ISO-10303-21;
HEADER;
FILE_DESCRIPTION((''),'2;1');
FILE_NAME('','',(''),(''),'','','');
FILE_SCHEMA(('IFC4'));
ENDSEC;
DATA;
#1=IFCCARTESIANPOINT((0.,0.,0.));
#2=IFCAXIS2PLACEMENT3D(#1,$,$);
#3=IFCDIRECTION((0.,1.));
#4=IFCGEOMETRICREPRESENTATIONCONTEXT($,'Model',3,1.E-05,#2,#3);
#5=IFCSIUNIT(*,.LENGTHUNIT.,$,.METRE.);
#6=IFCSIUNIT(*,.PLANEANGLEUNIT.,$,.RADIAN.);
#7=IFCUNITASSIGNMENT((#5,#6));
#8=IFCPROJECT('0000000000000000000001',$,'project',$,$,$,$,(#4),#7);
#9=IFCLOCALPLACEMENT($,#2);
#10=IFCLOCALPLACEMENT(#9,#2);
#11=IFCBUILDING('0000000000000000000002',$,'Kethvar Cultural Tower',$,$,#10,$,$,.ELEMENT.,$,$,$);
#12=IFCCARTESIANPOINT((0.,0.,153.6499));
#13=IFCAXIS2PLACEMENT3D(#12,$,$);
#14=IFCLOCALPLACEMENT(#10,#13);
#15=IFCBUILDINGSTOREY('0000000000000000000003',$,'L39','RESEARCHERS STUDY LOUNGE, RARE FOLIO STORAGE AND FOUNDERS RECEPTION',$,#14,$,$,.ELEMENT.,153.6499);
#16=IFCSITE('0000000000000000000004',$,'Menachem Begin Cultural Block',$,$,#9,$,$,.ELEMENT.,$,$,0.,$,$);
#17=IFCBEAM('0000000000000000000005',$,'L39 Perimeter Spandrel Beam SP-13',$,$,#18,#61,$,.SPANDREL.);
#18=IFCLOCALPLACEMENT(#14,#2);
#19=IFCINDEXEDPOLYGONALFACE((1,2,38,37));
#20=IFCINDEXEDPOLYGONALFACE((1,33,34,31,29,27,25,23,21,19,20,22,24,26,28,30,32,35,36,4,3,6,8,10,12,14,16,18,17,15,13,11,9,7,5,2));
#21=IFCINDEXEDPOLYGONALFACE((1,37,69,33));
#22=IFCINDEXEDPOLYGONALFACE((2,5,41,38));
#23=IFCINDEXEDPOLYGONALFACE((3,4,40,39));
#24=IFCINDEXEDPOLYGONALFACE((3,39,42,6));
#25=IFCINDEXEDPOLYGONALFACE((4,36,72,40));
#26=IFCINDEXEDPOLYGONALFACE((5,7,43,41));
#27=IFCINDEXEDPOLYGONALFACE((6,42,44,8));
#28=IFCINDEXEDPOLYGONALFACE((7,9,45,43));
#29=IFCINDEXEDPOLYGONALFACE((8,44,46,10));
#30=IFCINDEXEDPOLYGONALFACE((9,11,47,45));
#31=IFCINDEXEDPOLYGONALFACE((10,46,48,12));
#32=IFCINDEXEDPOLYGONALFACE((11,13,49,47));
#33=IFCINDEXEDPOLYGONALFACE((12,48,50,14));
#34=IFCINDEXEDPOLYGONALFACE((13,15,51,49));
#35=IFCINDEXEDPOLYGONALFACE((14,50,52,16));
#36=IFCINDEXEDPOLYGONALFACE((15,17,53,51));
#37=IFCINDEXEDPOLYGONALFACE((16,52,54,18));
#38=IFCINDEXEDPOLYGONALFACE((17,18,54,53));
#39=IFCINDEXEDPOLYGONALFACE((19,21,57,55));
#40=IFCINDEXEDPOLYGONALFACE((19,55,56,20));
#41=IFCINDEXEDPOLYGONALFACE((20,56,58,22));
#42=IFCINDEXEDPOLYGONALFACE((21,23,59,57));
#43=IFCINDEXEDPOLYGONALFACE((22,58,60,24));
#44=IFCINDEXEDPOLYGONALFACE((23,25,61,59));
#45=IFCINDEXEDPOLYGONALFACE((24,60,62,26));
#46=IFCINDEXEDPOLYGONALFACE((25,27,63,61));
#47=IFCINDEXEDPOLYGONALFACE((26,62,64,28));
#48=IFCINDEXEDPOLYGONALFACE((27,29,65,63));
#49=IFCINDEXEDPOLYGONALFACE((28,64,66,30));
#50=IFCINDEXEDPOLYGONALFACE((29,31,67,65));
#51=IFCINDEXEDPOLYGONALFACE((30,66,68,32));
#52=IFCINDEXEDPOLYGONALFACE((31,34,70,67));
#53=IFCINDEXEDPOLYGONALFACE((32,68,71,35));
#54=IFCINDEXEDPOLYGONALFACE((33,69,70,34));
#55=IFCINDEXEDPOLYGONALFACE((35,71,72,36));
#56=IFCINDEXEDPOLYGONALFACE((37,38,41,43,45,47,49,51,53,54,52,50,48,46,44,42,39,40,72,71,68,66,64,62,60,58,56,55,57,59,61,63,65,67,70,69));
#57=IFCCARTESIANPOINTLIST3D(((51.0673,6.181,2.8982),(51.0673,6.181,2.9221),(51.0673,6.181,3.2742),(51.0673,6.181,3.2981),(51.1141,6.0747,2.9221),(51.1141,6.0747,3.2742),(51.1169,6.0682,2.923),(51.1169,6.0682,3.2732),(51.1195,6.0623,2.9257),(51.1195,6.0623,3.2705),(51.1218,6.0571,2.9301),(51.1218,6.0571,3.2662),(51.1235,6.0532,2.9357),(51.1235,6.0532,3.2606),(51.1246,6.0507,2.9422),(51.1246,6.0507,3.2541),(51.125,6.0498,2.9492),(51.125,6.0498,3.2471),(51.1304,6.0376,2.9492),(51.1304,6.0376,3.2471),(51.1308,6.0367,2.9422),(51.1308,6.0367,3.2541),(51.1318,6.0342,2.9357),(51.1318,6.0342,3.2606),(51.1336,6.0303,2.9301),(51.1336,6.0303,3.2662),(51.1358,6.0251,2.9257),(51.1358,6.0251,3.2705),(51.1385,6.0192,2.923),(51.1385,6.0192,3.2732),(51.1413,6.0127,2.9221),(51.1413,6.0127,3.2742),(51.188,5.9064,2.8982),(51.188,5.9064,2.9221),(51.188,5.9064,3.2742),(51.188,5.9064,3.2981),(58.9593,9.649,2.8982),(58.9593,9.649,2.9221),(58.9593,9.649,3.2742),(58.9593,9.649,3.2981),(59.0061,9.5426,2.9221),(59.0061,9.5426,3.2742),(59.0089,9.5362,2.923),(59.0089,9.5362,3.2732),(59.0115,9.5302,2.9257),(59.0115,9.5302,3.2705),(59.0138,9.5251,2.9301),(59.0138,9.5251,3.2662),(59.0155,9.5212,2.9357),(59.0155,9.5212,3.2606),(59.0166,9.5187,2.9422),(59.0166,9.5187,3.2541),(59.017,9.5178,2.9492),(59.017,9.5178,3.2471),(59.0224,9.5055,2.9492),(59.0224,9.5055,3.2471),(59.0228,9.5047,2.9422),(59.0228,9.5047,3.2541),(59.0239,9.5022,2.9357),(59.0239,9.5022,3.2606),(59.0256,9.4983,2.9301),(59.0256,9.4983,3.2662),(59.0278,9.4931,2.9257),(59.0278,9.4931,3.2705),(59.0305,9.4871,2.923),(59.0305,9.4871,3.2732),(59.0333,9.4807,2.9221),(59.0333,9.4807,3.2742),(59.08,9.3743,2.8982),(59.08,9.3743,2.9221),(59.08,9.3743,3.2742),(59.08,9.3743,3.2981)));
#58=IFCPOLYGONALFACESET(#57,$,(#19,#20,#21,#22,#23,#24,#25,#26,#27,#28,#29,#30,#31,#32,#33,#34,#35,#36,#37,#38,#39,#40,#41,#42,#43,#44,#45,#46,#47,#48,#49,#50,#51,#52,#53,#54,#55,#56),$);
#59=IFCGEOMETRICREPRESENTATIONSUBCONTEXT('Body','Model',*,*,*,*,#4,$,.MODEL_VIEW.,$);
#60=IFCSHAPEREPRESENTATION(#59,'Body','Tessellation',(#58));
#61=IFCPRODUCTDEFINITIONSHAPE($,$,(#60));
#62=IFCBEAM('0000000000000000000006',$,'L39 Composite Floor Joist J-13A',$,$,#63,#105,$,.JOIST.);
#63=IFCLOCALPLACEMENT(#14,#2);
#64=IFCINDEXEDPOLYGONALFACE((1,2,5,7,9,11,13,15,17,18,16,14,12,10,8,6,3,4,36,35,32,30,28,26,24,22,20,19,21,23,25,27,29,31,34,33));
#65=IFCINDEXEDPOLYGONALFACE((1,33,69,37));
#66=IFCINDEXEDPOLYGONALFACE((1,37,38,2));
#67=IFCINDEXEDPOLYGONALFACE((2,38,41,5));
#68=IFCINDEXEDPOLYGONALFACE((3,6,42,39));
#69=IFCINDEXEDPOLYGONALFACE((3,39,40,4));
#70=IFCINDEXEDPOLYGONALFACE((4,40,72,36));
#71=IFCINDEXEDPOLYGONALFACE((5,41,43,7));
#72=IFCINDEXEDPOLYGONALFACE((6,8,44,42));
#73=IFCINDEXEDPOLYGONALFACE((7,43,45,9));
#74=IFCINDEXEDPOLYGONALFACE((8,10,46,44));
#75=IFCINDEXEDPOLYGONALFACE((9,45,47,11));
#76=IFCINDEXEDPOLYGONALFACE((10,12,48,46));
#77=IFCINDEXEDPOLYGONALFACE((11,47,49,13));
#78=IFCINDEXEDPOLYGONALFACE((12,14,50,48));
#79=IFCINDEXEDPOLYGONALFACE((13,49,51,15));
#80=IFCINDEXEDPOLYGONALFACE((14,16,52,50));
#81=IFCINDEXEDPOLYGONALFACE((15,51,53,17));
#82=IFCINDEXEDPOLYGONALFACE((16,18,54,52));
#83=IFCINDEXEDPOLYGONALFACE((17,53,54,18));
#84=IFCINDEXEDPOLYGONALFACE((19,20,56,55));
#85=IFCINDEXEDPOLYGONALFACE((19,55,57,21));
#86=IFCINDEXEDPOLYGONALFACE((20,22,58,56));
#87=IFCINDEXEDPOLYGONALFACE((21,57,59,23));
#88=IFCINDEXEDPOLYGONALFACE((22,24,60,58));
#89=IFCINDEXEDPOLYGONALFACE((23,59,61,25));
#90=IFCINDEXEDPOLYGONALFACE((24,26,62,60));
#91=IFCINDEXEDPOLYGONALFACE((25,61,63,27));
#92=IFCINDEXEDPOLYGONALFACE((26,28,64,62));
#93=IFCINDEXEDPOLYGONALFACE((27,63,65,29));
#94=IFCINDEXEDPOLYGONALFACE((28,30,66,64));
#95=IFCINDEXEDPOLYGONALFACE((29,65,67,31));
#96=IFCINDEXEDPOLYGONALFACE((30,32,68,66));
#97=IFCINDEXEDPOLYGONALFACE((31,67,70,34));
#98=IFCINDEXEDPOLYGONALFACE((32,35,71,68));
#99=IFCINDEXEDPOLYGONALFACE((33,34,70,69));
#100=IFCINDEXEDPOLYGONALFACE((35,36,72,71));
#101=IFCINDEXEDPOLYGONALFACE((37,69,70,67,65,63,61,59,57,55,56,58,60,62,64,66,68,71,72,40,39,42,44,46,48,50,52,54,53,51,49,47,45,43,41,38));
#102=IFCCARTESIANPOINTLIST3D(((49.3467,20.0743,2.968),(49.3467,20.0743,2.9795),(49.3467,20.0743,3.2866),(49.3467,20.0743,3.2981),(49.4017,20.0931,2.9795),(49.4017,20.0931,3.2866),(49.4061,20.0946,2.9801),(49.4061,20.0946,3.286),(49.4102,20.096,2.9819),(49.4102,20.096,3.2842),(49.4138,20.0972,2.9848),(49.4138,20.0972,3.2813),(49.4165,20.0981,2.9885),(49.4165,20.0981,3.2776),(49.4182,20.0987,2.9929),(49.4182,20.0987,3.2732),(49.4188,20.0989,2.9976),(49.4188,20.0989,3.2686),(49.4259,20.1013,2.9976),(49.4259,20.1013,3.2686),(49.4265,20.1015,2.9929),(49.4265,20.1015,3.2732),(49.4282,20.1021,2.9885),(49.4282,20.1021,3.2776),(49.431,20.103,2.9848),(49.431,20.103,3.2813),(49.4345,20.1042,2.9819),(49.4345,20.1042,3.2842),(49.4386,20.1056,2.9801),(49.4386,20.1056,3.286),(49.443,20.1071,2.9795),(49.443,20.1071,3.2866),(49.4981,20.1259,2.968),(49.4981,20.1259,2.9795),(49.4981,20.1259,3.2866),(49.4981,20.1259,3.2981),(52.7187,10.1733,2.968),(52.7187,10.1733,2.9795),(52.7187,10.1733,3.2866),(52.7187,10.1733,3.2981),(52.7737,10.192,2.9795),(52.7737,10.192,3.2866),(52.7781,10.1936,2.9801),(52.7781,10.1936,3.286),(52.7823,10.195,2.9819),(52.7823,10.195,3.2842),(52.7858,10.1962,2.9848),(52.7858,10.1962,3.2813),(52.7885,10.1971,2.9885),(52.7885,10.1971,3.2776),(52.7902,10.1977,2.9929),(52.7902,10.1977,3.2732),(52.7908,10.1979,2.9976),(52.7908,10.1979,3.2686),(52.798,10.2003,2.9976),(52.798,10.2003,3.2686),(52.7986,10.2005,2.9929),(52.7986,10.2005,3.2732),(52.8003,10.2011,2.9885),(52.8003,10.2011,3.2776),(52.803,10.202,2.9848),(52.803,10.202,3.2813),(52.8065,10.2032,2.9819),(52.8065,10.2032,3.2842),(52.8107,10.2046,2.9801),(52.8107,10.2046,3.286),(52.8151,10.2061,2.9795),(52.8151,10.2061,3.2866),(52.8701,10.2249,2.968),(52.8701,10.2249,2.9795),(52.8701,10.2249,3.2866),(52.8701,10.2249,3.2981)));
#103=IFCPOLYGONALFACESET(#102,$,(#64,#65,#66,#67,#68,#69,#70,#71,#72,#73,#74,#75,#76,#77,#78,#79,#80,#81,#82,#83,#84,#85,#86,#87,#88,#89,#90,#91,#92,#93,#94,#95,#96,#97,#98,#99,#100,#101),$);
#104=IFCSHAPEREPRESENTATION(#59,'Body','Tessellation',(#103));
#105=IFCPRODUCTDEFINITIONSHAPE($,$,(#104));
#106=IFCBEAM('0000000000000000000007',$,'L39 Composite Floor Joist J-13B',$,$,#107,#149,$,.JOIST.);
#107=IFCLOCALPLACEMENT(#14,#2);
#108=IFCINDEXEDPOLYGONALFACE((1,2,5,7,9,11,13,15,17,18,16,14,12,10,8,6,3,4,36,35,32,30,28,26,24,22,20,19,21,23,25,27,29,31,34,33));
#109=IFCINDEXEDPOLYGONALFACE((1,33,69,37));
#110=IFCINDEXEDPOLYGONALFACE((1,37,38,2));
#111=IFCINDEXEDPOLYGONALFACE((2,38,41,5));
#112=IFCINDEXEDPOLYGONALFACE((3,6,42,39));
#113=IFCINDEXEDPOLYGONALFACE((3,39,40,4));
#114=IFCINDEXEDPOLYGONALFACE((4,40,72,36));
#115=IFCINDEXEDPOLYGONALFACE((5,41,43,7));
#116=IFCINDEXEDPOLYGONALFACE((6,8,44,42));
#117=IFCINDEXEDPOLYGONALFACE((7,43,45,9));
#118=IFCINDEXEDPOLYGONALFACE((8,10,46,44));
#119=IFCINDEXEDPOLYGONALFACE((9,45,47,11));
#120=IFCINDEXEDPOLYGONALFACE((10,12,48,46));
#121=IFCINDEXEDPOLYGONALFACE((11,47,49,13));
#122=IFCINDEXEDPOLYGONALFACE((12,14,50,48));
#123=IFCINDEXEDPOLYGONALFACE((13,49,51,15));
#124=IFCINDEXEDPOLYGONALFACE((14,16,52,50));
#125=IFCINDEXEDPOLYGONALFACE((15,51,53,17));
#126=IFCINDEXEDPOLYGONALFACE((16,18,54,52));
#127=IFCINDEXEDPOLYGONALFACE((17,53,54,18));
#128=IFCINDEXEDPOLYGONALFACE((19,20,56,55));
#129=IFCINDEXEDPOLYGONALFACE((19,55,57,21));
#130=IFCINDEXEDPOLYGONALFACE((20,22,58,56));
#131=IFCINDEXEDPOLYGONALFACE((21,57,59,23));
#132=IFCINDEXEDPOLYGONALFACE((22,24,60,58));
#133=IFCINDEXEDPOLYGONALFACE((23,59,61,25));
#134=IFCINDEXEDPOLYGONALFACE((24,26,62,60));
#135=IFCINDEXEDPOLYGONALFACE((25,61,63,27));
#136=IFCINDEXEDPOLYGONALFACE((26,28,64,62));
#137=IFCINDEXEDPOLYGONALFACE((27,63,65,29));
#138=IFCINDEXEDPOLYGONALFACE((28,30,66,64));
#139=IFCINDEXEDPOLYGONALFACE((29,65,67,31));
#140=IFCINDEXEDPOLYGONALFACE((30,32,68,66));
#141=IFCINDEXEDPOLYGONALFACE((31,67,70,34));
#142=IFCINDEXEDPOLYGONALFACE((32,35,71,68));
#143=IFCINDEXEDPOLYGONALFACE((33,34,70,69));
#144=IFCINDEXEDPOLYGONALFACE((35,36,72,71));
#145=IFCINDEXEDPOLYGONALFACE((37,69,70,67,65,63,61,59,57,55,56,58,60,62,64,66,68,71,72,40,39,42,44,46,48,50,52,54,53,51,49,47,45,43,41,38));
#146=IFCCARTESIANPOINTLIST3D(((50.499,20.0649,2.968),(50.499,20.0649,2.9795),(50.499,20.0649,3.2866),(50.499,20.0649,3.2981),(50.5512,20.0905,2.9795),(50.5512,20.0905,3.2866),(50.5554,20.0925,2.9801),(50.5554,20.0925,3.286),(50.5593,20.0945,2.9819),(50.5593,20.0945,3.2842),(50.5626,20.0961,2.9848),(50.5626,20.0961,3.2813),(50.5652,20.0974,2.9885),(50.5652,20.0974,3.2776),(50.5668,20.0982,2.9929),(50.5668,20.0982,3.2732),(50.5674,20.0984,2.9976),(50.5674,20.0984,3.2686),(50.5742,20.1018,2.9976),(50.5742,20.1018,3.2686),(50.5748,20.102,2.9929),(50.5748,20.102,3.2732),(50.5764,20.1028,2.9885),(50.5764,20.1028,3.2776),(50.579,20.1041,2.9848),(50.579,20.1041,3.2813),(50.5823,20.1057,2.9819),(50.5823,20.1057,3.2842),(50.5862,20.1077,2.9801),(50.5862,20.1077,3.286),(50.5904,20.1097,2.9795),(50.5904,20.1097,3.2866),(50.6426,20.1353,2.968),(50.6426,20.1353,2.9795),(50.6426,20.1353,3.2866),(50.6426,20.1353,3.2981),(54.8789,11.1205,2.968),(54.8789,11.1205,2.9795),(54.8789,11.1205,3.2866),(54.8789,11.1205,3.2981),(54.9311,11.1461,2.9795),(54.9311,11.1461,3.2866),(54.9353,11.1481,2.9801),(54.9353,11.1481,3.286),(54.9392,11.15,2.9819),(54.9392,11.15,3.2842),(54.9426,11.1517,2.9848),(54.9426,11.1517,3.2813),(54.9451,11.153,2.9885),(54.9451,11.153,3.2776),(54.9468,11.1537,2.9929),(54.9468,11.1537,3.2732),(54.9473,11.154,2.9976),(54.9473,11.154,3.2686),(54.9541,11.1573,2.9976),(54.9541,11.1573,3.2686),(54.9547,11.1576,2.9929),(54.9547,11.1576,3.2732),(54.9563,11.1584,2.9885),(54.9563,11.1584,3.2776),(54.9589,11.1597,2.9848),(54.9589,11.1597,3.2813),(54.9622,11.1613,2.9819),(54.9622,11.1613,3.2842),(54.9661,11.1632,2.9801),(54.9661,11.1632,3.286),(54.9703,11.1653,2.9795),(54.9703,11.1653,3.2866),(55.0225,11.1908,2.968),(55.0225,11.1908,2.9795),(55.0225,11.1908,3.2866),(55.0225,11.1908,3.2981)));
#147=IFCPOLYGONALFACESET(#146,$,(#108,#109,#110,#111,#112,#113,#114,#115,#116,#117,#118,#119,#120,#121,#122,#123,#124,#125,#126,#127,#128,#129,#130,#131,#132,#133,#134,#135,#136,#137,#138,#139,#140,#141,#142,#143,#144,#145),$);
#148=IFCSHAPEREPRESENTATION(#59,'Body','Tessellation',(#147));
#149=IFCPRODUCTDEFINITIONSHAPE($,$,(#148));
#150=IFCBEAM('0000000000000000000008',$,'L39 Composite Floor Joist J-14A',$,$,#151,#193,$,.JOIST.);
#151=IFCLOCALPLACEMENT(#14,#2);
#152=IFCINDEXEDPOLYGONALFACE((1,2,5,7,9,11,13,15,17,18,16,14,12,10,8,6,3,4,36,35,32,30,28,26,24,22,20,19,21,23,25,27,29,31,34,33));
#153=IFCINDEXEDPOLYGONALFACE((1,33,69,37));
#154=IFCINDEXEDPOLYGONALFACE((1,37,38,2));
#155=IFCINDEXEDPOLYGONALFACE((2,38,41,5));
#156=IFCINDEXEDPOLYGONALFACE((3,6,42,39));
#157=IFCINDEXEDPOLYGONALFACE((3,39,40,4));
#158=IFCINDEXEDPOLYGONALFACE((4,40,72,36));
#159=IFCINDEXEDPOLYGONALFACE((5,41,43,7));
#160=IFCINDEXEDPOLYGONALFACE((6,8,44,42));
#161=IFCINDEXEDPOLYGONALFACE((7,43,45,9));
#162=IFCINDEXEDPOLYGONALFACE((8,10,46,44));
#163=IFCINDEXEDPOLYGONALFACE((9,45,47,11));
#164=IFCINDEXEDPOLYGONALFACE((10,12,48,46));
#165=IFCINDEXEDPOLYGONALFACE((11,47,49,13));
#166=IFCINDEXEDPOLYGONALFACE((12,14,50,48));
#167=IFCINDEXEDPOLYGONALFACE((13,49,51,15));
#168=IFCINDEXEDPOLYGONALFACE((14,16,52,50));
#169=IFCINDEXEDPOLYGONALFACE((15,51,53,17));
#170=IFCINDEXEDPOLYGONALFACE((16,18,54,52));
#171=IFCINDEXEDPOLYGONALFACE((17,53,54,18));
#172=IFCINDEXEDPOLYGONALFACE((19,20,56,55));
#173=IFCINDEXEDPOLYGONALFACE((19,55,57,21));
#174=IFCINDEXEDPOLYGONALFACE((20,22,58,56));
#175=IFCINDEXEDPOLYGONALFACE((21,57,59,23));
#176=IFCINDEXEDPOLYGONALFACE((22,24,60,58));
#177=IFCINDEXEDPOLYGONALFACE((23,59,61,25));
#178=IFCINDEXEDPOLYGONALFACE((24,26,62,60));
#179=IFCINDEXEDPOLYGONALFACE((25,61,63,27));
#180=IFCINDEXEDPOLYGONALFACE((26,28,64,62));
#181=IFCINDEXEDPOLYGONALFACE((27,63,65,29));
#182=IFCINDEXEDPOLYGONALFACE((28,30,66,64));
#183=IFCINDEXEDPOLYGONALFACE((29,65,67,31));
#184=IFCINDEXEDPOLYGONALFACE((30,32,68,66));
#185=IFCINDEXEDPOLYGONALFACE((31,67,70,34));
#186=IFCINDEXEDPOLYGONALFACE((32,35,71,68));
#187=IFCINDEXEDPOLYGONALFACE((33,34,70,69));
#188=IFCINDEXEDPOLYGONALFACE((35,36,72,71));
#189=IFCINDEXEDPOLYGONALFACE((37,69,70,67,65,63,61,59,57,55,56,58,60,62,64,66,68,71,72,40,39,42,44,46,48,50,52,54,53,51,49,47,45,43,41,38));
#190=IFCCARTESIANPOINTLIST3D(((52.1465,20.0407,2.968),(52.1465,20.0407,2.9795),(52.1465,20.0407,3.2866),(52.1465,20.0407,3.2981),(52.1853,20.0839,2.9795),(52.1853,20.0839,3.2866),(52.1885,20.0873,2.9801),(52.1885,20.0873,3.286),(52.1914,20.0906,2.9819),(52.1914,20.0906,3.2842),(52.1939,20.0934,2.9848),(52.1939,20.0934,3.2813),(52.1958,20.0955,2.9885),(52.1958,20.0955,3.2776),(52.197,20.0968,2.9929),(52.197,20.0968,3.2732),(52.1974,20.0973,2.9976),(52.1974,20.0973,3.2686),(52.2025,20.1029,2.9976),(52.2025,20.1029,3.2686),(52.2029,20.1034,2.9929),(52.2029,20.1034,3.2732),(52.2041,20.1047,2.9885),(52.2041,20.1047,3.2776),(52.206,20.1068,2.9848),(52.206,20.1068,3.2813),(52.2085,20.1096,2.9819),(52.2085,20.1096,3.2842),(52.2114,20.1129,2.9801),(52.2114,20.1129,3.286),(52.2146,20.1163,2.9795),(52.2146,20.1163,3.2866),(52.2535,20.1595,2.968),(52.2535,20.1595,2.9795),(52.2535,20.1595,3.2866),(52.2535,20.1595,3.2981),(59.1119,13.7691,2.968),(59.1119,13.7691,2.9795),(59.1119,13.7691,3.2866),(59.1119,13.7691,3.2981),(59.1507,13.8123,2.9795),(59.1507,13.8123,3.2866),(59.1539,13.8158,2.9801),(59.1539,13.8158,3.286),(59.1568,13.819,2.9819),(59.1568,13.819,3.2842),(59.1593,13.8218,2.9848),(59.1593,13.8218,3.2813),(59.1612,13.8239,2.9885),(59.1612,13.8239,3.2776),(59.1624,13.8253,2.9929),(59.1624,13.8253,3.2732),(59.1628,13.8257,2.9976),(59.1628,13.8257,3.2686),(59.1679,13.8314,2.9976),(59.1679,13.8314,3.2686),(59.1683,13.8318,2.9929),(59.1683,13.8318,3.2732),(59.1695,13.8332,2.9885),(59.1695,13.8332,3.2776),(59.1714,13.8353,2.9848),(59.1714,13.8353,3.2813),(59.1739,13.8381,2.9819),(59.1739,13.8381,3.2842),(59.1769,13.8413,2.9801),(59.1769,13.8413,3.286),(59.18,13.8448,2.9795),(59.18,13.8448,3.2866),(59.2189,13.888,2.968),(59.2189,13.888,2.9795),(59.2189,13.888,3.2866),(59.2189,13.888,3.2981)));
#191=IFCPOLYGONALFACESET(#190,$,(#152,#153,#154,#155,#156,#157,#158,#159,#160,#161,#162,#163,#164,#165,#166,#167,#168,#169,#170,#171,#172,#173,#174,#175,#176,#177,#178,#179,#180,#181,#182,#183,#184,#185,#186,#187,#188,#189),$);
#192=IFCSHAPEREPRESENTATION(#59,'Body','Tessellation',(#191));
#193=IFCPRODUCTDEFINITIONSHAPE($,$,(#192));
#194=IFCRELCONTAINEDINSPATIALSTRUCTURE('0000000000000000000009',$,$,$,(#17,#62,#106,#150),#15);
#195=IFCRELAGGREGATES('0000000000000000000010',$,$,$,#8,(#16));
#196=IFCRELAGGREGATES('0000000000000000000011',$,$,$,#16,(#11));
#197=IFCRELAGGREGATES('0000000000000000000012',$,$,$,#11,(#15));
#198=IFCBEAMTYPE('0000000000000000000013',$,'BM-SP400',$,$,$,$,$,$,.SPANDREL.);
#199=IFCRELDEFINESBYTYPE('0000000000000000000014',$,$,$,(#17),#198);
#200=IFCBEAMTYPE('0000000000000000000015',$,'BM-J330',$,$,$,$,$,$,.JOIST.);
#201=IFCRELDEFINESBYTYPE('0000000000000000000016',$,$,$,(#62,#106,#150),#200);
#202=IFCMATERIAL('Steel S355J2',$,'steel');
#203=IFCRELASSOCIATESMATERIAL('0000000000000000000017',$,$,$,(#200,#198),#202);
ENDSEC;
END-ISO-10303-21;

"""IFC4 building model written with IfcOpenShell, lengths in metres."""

from ifc_helpers import new_model, si_unit, direction, frame, origin, origin_2d, place, context, subcontext, project, spatial, i_section, extrude, source, transform, mapped, material, material_profile, profile_set, type_object, element, save


model = new_model("IFC4")

# Units and contexts
model_context = context("Model", 3, precision=1e-05, world=origin(), true_north=direction((0.0, 1.0)))
body_context = subcontext(model_context, "Body", "Model", "MODEL_VIEW")
ifc_project = project(units=[si_unit("LENGTHUNIT", "METRE"), si_unit("PLANEANGLEUNIT", "RADIAN")], contexts=[model_context])

# Site, building, storey
site_placement = place(None, origin())
site = spatial("IfcSite", under=ifc_project, at=site_placement, Name="Menachem Begin Cultural Block", CompositionType="ELEMENT", RefElevation=0.0)
building_placement = place(site_placement, origin())
building = spatial("IfcBuilding", under=site, at=building_placement, Name="Kethvar Cultural Tower", CompositionType="ELEMENT")
storey_placement = place(building_placement, frame((0.0, 0.0, 153.6499)))
storey = spatial("IfcBuildingStorey", under=building, at=storey_placement, Name="L39", Description="RESEARCHERS STUDY LOUNGE, RARE FOLIO STORAGE AND FOUNDERS RECEPTION", CompositionType="ELEMENT", Elevation=153.6499)

# Beams
ifc_material_1 = material(Name="Steel S355J2", Category="steel")
ifc_material_profile_1 = material_profile(ifc_material_1, i_section(OverallWidth=0.1599, OverallDepth=0.3301, WebThickness=0.0076, FlangeThickness=0.0115, FilletRadius=0.0181, at=origin_2d()), Name="Steel S355J2 — IPE330")
ifc_profile_set_1 = profile_set([ifc_material_profile_1], Name="Steel S355J2 — IPE330")
beam_type_1 = type_object("IfcBeamType", Name="BM-J330", PredefinedType="JOIST", material=ifc_profile_set_1)
ifc_material_profile_2 = material_profile(ifc_material_1, i_section(OverallWidth=0.3, OverallDepth=0.3999, WebThickness=0.0134, FlangeThickness=0.0239, FilletRadius=0.0271, at=origin_2d()), Name="Steel S355J2 — HEB400")
ifc_profile_set_2 = profile_set([ifc_material_profile_2], Name="Steel S355J2 — HEB400")
beam_type_2 = type_object("IfcBeamType", Name="BM-SP400", PredefinedType="SPANDREL", material=ifc_profile_set_2)
shared_shape_1 = source(origin(), body_context, "Body", "SweptSolid", [
    extrude(i_section(OverallWidth=0.3, OverallDepth=0.3999, WebThickness=0.0134, FlangeThickness=0.0239, FilletRadius=0.0271, at=origin_2d()), origin(), (0.0, 0.0, 1.0), 8.6204),
])
beam_1_placement = place(storey_placement, frame((51.1277, 6.0437, 3.0981), z_axis=(0.915507, 0.402301, 0.0), x_axis=(-0.402301, 0.915507, 0.0)))
element("IfcBeam", 1, at=beam_1_placement, inside=storey, type_object=beam_type_2, Name="L39 Perimeter Spandrel Beam SP-13", PredefinedType="SPANDREL", context=body_context, shape_type="MappedRepresentation", body=[
    mapped(shared_shape_1, transform((0.0, 0.0, 0.0), scale=1.0)),
])
shared_shape_2 = source(origin(), body_context, "Body", "SweptSolid", [
    extrude(i_section(OverallWidth=0.1599, OverallDepth=0.3301, WebThickness=0.0076, FlangeThickness=0.0115, FilletRadius=0.0181, at=origin_2d()), origin(), (0.0, 0.0, 1.0), 10.4595),
])
beam_2_placement = place(storey_placement, frame((49.4224, 20.1001, 3.1331), z_axis=(0.32239, -0.946607, 0.0), x_axis=(0.946607, 0.32239, 0.0)))
element("IfcBeam", 2, at=beam_2_placement, inside=storey, type_object=beam_type_1, Name="L39 Composite Floor Joist J-13A", PredefinedType="JOIST", context=body_context, shape_type="MappedRepresentation", body=[
    mapped(shared_shape_2, transform((0.0, 0.0, 0.0), scale=1.0)),
])
shared_shape_3 = source(origin(), body_context, "Body", "SweptSolid", [
    extrude(i_section(OverallWidth=0.1599, OverallDepth=0.3301, WebThickness=0.0076, FlangeThickness=0.0115, FilletRadius=0.0181, at=origin_2d()), origin(), (0.0, 0.0, 1.0), 9.9592),
])
beam_3_placement = place(storey_placement, frame((50.5708, 20.1001, 3.1331), z_axis=(0.439785, -0.898103, 0.0), x_axis=(0.898103, 0.439785, 0.0)))
element("IfcBeam", 3, at=beam_3_placement, inside=storey, type_object=beam_type_1, Name="L39 Composite Floor Joist J-13B", PredefinedType="JOIST", context=body_context, shape_type="MappedRepresentation", body=[
    mapped(shared_shape_3, transform((0.0, 0.0, 0.0), scale=1.0)),
])
shared_shape_4 = source(origin(), body_context, "Body", "SweptSolid", [
    extrude(i_section(OverallWidth=0.1599, OverallDepth=0.3301, WebThickness=0.0076, FlangeThickness=0.0115, FilletRadius=0.0181, at=origin_2d()), origin(), (0.0, 0.0, 1.0), 9.3728),
])
beam_4_placement = place(storey_placement, frame((52.2, 20.1001, 3.1331), z_axis=(0.743152, -0.669123, 0.0), x_axis=(0.669123, 0.743152, 0.0)))
element("IfcBeam", 4, at=beam_4_placement, inside=storey, type_object=beam_type_1, Name="L39 Composite Floor Joist J-14A", PredefinedType="JOIST", context=body_context, shape_type="MappedRepresentation", body=[
    mapped(shared_shape_4, transform((0.0, 0.0, 0.0), scale=1.0)),
])

save(model, "model.ifc")
